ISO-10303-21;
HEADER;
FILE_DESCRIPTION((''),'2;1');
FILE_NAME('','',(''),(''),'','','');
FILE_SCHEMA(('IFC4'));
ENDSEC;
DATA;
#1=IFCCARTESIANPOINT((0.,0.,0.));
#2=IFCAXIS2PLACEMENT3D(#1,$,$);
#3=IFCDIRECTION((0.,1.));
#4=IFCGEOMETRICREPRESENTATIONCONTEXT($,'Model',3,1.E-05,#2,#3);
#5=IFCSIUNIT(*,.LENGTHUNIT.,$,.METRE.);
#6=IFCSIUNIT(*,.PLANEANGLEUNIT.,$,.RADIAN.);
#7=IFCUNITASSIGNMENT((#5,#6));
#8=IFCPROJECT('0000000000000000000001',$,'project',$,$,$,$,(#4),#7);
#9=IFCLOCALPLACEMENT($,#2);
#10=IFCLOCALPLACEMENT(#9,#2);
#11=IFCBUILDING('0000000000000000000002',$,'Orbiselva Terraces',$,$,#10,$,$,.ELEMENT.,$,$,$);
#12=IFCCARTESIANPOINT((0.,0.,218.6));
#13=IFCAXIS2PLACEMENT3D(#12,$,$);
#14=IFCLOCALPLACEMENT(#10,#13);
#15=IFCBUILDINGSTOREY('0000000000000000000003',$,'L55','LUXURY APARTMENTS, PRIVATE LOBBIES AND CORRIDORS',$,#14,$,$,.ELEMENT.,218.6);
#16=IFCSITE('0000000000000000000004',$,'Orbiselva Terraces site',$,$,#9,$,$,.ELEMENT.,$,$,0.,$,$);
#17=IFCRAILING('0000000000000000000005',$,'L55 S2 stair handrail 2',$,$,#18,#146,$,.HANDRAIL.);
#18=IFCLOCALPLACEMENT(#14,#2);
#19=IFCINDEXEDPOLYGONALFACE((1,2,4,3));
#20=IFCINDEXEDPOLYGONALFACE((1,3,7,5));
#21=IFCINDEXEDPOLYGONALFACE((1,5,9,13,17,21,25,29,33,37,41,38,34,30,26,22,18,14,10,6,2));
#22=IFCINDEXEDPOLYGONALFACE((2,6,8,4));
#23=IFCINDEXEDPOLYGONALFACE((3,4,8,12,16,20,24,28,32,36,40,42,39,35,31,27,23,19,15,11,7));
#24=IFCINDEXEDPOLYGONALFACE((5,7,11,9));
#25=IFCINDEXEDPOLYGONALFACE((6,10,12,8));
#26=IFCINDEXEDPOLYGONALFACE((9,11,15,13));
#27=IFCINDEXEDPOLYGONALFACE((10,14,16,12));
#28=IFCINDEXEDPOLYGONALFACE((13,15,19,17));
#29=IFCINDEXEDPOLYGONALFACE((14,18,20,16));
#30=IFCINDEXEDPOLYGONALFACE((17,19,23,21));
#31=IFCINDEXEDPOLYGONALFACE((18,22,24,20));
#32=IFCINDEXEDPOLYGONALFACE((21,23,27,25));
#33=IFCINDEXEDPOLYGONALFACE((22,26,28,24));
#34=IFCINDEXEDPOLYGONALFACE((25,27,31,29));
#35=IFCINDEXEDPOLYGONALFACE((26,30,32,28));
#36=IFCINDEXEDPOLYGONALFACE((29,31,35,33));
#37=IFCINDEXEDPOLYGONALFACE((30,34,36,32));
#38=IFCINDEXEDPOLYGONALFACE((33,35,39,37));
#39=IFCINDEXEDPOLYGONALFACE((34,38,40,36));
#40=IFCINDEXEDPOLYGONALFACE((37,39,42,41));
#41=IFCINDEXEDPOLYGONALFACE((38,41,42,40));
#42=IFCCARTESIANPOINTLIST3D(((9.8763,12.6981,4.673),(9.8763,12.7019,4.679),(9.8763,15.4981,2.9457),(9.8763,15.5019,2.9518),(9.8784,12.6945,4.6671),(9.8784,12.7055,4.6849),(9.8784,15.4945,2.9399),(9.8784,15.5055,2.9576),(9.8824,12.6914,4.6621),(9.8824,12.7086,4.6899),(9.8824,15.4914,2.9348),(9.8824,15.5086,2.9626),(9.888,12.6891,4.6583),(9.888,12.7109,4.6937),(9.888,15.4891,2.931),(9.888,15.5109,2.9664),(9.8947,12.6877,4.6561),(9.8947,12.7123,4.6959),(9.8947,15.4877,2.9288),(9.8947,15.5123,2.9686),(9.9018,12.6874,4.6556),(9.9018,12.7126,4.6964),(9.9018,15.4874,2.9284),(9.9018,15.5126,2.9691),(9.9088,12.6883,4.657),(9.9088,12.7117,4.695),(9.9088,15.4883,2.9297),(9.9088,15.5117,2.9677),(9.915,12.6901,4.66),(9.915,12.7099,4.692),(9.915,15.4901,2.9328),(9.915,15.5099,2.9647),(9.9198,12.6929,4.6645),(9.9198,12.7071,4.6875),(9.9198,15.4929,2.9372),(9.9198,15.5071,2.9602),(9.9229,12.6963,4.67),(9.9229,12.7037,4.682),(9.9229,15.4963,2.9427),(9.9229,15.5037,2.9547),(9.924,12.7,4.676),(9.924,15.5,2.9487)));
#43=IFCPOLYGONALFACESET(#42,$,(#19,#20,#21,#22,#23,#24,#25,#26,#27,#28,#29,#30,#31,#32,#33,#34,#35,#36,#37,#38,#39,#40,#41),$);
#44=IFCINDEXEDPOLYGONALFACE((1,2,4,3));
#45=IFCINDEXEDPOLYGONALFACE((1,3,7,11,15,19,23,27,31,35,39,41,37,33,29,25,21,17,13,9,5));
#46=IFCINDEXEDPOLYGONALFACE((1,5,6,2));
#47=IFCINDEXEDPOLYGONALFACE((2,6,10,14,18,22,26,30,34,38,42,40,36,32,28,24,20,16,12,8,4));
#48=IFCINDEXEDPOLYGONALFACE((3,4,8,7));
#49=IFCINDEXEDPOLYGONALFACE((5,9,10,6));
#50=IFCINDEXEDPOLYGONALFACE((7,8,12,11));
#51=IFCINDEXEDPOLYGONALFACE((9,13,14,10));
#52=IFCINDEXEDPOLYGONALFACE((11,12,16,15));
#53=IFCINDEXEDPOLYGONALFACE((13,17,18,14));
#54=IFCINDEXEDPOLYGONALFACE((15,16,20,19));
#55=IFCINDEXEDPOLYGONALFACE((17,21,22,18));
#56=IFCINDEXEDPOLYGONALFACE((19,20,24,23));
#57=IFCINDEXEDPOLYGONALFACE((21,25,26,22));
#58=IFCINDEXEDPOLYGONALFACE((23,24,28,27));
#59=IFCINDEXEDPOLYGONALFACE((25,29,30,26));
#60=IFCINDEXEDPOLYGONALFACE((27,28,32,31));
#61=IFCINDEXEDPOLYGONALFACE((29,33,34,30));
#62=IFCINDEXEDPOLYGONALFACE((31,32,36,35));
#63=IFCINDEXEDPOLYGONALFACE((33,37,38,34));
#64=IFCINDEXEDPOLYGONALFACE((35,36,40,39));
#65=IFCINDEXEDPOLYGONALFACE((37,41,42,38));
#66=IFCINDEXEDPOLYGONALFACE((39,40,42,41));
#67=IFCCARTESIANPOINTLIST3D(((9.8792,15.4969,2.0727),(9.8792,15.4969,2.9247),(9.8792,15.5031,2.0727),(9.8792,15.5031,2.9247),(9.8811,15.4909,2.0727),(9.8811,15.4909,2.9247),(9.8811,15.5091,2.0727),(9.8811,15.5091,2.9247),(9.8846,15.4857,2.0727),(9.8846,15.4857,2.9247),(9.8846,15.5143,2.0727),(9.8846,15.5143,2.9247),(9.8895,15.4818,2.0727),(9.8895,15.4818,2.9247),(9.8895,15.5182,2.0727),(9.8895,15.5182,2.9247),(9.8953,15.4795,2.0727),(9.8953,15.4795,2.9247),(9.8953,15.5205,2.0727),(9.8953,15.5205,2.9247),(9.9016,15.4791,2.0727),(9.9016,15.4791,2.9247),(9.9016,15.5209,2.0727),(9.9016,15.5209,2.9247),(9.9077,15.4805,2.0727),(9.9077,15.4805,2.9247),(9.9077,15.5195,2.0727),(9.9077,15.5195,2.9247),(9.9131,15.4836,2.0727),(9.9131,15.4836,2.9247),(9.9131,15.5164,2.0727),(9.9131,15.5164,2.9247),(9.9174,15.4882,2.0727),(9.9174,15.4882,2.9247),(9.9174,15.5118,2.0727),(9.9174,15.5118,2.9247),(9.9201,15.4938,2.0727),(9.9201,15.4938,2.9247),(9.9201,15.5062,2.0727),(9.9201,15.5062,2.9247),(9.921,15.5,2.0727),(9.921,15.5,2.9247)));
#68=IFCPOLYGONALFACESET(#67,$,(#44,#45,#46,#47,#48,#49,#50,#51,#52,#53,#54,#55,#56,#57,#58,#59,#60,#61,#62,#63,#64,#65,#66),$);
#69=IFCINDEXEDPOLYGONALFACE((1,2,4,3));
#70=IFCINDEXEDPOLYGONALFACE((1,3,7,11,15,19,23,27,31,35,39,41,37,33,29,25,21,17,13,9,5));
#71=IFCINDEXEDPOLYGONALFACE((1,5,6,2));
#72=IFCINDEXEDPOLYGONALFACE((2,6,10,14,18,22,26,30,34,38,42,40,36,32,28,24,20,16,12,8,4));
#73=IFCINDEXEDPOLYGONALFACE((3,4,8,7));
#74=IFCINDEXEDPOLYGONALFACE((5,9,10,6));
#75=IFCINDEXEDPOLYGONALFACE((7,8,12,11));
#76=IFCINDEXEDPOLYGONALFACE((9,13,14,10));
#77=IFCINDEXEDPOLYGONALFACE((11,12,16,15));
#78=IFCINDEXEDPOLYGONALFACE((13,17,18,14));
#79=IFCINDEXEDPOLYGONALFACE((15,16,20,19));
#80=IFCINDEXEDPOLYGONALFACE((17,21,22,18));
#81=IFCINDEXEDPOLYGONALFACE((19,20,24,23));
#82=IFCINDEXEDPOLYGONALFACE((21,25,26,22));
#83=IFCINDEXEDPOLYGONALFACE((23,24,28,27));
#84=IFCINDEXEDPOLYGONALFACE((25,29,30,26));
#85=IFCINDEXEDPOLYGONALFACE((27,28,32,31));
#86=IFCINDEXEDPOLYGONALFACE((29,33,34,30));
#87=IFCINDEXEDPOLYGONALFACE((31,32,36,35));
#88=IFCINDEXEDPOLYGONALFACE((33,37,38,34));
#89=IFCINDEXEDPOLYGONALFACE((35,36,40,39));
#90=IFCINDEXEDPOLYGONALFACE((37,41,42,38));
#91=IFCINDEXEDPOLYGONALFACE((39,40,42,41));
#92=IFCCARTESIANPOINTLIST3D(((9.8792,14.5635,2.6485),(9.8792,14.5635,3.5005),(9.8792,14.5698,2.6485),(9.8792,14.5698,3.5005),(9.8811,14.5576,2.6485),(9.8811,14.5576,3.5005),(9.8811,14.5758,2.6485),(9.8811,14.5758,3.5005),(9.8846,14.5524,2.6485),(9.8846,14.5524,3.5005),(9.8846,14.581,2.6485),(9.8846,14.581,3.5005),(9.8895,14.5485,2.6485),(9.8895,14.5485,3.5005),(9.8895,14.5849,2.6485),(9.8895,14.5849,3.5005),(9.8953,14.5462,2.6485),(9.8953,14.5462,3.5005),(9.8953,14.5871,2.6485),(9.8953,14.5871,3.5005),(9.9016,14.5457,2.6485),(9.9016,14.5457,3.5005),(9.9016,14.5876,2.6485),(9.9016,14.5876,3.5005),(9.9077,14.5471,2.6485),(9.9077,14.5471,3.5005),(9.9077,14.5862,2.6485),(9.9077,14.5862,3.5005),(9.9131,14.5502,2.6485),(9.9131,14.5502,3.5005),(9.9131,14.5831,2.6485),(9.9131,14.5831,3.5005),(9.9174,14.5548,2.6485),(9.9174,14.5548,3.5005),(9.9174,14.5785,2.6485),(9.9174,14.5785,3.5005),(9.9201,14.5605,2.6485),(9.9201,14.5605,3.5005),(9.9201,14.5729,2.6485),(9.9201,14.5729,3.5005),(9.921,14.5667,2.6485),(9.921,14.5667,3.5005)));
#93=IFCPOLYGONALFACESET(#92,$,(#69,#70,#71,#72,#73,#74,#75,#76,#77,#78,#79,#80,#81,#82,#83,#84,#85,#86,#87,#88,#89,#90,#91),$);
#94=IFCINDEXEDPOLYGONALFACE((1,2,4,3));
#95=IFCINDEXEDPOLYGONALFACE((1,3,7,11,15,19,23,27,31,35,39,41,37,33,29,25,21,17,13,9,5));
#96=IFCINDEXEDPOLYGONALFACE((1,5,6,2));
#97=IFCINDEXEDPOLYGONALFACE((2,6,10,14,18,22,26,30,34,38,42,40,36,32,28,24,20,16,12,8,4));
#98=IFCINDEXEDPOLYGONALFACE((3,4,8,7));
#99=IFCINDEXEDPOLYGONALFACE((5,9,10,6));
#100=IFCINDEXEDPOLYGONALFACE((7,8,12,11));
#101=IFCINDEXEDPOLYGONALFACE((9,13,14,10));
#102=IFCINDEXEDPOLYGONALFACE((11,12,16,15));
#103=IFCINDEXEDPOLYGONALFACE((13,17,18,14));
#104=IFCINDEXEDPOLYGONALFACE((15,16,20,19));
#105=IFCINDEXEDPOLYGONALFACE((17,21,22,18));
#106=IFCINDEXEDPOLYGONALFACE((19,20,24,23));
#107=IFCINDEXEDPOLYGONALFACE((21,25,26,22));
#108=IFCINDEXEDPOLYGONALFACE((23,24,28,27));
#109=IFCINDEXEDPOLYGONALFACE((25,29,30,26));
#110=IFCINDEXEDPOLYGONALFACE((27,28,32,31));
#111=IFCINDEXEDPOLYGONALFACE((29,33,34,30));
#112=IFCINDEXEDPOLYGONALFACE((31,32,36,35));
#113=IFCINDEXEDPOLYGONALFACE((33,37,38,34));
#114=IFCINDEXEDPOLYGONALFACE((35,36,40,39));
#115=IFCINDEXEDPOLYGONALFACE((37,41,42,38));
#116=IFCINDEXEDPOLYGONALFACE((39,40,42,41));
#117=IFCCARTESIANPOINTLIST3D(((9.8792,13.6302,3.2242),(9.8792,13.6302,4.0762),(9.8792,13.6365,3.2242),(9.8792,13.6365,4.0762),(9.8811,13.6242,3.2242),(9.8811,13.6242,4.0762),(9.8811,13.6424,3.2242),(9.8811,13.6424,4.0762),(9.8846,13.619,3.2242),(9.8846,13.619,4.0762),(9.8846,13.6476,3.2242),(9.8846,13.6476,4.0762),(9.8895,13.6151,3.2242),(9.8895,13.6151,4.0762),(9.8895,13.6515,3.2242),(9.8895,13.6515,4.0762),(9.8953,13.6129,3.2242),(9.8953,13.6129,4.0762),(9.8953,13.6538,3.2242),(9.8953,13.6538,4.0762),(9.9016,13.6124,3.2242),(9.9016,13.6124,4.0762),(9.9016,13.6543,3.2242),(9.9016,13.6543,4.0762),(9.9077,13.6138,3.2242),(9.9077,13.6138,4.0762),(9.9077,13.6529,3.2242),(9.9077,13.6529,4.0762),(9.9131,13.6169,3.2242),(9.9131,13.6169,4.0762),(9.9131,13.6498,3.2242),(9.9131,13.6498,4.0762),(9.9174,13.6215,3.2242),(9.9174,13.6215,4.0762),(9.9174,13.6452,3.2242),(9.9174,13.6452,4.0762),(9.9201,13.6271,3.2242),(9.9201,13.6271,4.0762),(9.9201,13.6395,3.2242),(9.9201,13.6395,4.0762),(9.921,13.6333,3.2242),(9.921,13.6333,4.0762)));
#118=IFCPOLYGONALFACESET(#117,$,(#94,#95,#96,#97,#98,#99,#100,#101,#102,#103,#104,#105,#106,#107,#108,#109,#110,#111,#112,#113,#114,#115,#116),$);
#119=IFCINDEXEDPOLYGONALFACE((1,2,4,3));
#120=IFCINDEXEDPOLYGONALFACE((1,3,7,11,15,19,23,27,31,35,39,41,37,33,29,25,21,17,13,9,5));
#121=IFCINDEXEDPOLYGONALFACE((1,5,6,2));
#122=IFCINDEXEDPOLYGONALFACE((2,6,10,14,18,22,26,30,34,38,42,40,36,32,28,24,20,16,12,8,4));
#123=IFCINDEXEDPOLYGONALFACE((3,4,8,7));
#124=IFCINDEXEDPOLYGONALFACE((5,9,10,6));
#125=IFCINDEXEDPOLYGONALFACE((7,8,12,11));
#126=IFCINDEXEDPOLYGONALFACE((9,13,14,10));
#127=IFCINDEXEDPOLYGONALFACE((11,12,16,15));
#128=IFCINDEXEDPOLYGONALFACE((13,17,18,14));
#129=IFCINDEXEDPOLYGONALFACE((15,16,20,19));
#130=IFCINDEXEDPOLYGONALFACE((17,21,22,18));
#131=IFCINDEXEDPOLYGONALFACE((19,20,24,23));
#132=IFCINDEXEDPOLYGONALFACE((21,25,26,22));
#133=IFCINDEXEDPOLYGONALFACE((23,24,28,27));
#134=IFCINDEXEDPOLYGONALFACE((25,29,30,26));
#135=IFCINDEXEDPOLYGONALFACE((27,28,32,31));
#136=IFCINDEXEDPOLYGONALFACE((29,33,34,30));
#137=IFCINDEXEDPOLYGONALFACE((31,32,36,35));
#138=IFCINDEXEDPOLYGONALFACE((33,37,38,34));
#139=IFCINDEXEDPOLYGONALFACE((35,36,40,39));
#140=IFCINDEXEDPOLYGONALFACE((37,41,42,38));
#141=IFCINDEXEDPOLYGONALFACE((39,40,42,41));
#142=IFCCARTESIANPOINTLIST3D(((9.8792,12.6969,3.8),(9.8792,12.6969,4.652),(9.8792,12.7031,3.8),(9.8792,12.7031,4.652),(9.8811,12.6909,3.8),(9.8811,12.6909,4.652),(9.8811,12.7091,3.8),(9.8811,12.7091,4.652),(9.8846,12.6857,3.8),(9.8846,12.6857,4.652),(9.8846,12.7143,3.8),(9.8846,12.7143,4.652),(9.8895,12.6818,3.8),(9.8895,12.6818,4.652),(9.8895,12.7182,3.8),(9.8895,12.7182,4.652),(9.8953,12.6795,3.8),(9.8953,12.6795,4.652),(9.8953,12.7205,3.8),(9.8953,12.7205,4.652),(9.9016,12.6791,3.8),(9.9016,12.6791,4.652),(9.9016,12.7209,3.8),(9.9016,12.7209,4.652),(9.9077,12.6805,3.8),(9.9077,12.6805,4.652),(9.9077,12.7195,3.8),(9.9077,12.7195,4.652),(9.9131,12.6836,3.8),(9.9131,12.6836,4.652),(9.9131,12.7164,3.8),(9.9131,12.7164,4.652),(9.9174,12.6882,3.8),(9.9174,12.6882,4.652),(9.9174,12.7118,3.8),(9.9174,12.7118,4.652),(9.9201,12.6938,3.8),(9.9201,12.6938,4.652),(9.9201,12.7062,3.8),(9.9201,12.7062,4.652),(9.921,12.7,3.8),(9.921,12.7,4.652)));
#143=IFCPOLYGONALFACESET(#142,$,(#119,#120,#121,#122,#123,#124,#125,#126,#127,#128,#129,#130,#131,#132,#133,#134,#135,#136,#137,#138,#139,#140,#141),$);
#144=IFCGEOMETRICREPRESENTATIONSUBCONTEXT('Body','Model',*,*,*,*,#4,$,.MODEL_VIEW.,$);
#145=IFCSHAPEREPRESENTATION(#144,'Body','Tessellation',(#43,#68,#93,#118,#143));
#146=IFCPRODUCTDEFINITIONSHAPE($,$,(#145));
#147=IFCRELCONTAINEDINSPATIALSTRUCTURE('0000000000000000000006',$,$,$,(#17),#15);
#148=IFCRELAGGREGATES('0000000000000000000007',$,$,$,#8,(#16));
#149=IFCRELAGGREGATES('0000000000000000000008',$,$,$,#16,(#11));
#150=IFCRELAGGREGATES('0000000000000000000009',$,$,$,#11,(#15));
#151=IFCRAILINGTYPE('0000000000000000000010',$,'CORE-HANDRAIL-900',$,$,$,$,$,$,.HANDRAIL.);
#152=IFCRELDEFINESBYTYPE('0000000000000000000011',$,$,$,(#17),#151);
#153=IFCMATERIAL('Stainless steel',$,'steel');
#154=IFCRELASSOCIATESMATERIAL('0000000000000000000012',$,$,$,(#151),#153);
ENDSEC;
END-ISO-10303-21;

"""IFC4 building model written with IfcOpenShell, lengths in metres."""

from ifc_helpers import new_model, si_unit, direction, frame, origin, origin_2d, place, context, subcontext, project, spatial, circle, extrude, material, type_object, element, save


model = new_model("IFC4")

# Units and contexts
model_context = context("Model", 3, precision=1e-05, world=origin(), true_north=direction((0.0, 1.0)))
body_context = subcontext(model_context, "Body", "Model", "MODEL_VIEW")
ifc_project = project(units=[si_unit("LENGTHUNIT", "METRE"), si_unit("PLANEANGLEUNIT", "RADIAN")], contexts=[model_context])

# Site, building, storey
site_placement = place(None, origin())
site = spatial("IfcSite", under=ifc_project, at=site_placement, Name="Orbiselva Terraces site", CompositionType="ELEMENT", RefElevation=0.0)
building_placement = place(site_placement, origin())
building = spatial("IfcBuilding", under=site, at=building_placement, Name="Orbiselva Terraces", CompositionType="ELEMENT")
storey_placement = place(building_placement, frame((0.0, 0.0, 218.6)))
storey = spatial("IfcBuildingStorey", under=building, at=storey_placement, Name="L55", Description="LUXURY APARTMENTS, PRIVATE LOBBIES AND CORRIDORS", CompositionType="ELEMENT", Elevation=218.6)

# Railing
ifc_material_1 = material(Name="Stainless steel", Category="steel")
railing_type = type_object("IfcRailingType", Name="CORE-HANDRAIL-900", PredefinedType="HANDRAIL", material=ifc_material_1)
railing_placement = place(storey_placement, frame((9.9, 15.5, 2.0727)))
element("IfcRailing", 1, at=railing_placement, inside=storey, type_object=railing_type, Name="L55 S2 stair handrail 2", PredefinedType="HANDRAIL", context=body_context, shape_type="SweptSolid", body=[
    extrude(circle(Radius=0.024, at=origin_2d()), frame((0.0, 0.0, 0.876), z_axis=(0.0, -0.851089, 0.525022), x_axis=(1.0, 0.0, 0.0)), (0.0, 0.0, 1.0), 3.2899),
    extrude(circle(Radius=0.021, at=origin_2d()), origin(), (0.0, 0.0, 1.0), 0.852),
    extrude(circle(Radius=0.021, at=origin_2d()), frame((0.0, -0.9333, 0.5758)), (0.0, 0.0, 1.0), 0.852),
    extrude(circle(Radius=0.021, at=origin_2d()), frame((0.0, -1.8667, 1.1515)), (0.0, 0.0, 1.0), 0.852),
    extrude(circle(Radius=0.021, at=origin_2d()), frame((0.0, -2.8, 1.7273)), (0.0, 0.0, 1.0), 0.852),
])

save(model, "model.ifc")
